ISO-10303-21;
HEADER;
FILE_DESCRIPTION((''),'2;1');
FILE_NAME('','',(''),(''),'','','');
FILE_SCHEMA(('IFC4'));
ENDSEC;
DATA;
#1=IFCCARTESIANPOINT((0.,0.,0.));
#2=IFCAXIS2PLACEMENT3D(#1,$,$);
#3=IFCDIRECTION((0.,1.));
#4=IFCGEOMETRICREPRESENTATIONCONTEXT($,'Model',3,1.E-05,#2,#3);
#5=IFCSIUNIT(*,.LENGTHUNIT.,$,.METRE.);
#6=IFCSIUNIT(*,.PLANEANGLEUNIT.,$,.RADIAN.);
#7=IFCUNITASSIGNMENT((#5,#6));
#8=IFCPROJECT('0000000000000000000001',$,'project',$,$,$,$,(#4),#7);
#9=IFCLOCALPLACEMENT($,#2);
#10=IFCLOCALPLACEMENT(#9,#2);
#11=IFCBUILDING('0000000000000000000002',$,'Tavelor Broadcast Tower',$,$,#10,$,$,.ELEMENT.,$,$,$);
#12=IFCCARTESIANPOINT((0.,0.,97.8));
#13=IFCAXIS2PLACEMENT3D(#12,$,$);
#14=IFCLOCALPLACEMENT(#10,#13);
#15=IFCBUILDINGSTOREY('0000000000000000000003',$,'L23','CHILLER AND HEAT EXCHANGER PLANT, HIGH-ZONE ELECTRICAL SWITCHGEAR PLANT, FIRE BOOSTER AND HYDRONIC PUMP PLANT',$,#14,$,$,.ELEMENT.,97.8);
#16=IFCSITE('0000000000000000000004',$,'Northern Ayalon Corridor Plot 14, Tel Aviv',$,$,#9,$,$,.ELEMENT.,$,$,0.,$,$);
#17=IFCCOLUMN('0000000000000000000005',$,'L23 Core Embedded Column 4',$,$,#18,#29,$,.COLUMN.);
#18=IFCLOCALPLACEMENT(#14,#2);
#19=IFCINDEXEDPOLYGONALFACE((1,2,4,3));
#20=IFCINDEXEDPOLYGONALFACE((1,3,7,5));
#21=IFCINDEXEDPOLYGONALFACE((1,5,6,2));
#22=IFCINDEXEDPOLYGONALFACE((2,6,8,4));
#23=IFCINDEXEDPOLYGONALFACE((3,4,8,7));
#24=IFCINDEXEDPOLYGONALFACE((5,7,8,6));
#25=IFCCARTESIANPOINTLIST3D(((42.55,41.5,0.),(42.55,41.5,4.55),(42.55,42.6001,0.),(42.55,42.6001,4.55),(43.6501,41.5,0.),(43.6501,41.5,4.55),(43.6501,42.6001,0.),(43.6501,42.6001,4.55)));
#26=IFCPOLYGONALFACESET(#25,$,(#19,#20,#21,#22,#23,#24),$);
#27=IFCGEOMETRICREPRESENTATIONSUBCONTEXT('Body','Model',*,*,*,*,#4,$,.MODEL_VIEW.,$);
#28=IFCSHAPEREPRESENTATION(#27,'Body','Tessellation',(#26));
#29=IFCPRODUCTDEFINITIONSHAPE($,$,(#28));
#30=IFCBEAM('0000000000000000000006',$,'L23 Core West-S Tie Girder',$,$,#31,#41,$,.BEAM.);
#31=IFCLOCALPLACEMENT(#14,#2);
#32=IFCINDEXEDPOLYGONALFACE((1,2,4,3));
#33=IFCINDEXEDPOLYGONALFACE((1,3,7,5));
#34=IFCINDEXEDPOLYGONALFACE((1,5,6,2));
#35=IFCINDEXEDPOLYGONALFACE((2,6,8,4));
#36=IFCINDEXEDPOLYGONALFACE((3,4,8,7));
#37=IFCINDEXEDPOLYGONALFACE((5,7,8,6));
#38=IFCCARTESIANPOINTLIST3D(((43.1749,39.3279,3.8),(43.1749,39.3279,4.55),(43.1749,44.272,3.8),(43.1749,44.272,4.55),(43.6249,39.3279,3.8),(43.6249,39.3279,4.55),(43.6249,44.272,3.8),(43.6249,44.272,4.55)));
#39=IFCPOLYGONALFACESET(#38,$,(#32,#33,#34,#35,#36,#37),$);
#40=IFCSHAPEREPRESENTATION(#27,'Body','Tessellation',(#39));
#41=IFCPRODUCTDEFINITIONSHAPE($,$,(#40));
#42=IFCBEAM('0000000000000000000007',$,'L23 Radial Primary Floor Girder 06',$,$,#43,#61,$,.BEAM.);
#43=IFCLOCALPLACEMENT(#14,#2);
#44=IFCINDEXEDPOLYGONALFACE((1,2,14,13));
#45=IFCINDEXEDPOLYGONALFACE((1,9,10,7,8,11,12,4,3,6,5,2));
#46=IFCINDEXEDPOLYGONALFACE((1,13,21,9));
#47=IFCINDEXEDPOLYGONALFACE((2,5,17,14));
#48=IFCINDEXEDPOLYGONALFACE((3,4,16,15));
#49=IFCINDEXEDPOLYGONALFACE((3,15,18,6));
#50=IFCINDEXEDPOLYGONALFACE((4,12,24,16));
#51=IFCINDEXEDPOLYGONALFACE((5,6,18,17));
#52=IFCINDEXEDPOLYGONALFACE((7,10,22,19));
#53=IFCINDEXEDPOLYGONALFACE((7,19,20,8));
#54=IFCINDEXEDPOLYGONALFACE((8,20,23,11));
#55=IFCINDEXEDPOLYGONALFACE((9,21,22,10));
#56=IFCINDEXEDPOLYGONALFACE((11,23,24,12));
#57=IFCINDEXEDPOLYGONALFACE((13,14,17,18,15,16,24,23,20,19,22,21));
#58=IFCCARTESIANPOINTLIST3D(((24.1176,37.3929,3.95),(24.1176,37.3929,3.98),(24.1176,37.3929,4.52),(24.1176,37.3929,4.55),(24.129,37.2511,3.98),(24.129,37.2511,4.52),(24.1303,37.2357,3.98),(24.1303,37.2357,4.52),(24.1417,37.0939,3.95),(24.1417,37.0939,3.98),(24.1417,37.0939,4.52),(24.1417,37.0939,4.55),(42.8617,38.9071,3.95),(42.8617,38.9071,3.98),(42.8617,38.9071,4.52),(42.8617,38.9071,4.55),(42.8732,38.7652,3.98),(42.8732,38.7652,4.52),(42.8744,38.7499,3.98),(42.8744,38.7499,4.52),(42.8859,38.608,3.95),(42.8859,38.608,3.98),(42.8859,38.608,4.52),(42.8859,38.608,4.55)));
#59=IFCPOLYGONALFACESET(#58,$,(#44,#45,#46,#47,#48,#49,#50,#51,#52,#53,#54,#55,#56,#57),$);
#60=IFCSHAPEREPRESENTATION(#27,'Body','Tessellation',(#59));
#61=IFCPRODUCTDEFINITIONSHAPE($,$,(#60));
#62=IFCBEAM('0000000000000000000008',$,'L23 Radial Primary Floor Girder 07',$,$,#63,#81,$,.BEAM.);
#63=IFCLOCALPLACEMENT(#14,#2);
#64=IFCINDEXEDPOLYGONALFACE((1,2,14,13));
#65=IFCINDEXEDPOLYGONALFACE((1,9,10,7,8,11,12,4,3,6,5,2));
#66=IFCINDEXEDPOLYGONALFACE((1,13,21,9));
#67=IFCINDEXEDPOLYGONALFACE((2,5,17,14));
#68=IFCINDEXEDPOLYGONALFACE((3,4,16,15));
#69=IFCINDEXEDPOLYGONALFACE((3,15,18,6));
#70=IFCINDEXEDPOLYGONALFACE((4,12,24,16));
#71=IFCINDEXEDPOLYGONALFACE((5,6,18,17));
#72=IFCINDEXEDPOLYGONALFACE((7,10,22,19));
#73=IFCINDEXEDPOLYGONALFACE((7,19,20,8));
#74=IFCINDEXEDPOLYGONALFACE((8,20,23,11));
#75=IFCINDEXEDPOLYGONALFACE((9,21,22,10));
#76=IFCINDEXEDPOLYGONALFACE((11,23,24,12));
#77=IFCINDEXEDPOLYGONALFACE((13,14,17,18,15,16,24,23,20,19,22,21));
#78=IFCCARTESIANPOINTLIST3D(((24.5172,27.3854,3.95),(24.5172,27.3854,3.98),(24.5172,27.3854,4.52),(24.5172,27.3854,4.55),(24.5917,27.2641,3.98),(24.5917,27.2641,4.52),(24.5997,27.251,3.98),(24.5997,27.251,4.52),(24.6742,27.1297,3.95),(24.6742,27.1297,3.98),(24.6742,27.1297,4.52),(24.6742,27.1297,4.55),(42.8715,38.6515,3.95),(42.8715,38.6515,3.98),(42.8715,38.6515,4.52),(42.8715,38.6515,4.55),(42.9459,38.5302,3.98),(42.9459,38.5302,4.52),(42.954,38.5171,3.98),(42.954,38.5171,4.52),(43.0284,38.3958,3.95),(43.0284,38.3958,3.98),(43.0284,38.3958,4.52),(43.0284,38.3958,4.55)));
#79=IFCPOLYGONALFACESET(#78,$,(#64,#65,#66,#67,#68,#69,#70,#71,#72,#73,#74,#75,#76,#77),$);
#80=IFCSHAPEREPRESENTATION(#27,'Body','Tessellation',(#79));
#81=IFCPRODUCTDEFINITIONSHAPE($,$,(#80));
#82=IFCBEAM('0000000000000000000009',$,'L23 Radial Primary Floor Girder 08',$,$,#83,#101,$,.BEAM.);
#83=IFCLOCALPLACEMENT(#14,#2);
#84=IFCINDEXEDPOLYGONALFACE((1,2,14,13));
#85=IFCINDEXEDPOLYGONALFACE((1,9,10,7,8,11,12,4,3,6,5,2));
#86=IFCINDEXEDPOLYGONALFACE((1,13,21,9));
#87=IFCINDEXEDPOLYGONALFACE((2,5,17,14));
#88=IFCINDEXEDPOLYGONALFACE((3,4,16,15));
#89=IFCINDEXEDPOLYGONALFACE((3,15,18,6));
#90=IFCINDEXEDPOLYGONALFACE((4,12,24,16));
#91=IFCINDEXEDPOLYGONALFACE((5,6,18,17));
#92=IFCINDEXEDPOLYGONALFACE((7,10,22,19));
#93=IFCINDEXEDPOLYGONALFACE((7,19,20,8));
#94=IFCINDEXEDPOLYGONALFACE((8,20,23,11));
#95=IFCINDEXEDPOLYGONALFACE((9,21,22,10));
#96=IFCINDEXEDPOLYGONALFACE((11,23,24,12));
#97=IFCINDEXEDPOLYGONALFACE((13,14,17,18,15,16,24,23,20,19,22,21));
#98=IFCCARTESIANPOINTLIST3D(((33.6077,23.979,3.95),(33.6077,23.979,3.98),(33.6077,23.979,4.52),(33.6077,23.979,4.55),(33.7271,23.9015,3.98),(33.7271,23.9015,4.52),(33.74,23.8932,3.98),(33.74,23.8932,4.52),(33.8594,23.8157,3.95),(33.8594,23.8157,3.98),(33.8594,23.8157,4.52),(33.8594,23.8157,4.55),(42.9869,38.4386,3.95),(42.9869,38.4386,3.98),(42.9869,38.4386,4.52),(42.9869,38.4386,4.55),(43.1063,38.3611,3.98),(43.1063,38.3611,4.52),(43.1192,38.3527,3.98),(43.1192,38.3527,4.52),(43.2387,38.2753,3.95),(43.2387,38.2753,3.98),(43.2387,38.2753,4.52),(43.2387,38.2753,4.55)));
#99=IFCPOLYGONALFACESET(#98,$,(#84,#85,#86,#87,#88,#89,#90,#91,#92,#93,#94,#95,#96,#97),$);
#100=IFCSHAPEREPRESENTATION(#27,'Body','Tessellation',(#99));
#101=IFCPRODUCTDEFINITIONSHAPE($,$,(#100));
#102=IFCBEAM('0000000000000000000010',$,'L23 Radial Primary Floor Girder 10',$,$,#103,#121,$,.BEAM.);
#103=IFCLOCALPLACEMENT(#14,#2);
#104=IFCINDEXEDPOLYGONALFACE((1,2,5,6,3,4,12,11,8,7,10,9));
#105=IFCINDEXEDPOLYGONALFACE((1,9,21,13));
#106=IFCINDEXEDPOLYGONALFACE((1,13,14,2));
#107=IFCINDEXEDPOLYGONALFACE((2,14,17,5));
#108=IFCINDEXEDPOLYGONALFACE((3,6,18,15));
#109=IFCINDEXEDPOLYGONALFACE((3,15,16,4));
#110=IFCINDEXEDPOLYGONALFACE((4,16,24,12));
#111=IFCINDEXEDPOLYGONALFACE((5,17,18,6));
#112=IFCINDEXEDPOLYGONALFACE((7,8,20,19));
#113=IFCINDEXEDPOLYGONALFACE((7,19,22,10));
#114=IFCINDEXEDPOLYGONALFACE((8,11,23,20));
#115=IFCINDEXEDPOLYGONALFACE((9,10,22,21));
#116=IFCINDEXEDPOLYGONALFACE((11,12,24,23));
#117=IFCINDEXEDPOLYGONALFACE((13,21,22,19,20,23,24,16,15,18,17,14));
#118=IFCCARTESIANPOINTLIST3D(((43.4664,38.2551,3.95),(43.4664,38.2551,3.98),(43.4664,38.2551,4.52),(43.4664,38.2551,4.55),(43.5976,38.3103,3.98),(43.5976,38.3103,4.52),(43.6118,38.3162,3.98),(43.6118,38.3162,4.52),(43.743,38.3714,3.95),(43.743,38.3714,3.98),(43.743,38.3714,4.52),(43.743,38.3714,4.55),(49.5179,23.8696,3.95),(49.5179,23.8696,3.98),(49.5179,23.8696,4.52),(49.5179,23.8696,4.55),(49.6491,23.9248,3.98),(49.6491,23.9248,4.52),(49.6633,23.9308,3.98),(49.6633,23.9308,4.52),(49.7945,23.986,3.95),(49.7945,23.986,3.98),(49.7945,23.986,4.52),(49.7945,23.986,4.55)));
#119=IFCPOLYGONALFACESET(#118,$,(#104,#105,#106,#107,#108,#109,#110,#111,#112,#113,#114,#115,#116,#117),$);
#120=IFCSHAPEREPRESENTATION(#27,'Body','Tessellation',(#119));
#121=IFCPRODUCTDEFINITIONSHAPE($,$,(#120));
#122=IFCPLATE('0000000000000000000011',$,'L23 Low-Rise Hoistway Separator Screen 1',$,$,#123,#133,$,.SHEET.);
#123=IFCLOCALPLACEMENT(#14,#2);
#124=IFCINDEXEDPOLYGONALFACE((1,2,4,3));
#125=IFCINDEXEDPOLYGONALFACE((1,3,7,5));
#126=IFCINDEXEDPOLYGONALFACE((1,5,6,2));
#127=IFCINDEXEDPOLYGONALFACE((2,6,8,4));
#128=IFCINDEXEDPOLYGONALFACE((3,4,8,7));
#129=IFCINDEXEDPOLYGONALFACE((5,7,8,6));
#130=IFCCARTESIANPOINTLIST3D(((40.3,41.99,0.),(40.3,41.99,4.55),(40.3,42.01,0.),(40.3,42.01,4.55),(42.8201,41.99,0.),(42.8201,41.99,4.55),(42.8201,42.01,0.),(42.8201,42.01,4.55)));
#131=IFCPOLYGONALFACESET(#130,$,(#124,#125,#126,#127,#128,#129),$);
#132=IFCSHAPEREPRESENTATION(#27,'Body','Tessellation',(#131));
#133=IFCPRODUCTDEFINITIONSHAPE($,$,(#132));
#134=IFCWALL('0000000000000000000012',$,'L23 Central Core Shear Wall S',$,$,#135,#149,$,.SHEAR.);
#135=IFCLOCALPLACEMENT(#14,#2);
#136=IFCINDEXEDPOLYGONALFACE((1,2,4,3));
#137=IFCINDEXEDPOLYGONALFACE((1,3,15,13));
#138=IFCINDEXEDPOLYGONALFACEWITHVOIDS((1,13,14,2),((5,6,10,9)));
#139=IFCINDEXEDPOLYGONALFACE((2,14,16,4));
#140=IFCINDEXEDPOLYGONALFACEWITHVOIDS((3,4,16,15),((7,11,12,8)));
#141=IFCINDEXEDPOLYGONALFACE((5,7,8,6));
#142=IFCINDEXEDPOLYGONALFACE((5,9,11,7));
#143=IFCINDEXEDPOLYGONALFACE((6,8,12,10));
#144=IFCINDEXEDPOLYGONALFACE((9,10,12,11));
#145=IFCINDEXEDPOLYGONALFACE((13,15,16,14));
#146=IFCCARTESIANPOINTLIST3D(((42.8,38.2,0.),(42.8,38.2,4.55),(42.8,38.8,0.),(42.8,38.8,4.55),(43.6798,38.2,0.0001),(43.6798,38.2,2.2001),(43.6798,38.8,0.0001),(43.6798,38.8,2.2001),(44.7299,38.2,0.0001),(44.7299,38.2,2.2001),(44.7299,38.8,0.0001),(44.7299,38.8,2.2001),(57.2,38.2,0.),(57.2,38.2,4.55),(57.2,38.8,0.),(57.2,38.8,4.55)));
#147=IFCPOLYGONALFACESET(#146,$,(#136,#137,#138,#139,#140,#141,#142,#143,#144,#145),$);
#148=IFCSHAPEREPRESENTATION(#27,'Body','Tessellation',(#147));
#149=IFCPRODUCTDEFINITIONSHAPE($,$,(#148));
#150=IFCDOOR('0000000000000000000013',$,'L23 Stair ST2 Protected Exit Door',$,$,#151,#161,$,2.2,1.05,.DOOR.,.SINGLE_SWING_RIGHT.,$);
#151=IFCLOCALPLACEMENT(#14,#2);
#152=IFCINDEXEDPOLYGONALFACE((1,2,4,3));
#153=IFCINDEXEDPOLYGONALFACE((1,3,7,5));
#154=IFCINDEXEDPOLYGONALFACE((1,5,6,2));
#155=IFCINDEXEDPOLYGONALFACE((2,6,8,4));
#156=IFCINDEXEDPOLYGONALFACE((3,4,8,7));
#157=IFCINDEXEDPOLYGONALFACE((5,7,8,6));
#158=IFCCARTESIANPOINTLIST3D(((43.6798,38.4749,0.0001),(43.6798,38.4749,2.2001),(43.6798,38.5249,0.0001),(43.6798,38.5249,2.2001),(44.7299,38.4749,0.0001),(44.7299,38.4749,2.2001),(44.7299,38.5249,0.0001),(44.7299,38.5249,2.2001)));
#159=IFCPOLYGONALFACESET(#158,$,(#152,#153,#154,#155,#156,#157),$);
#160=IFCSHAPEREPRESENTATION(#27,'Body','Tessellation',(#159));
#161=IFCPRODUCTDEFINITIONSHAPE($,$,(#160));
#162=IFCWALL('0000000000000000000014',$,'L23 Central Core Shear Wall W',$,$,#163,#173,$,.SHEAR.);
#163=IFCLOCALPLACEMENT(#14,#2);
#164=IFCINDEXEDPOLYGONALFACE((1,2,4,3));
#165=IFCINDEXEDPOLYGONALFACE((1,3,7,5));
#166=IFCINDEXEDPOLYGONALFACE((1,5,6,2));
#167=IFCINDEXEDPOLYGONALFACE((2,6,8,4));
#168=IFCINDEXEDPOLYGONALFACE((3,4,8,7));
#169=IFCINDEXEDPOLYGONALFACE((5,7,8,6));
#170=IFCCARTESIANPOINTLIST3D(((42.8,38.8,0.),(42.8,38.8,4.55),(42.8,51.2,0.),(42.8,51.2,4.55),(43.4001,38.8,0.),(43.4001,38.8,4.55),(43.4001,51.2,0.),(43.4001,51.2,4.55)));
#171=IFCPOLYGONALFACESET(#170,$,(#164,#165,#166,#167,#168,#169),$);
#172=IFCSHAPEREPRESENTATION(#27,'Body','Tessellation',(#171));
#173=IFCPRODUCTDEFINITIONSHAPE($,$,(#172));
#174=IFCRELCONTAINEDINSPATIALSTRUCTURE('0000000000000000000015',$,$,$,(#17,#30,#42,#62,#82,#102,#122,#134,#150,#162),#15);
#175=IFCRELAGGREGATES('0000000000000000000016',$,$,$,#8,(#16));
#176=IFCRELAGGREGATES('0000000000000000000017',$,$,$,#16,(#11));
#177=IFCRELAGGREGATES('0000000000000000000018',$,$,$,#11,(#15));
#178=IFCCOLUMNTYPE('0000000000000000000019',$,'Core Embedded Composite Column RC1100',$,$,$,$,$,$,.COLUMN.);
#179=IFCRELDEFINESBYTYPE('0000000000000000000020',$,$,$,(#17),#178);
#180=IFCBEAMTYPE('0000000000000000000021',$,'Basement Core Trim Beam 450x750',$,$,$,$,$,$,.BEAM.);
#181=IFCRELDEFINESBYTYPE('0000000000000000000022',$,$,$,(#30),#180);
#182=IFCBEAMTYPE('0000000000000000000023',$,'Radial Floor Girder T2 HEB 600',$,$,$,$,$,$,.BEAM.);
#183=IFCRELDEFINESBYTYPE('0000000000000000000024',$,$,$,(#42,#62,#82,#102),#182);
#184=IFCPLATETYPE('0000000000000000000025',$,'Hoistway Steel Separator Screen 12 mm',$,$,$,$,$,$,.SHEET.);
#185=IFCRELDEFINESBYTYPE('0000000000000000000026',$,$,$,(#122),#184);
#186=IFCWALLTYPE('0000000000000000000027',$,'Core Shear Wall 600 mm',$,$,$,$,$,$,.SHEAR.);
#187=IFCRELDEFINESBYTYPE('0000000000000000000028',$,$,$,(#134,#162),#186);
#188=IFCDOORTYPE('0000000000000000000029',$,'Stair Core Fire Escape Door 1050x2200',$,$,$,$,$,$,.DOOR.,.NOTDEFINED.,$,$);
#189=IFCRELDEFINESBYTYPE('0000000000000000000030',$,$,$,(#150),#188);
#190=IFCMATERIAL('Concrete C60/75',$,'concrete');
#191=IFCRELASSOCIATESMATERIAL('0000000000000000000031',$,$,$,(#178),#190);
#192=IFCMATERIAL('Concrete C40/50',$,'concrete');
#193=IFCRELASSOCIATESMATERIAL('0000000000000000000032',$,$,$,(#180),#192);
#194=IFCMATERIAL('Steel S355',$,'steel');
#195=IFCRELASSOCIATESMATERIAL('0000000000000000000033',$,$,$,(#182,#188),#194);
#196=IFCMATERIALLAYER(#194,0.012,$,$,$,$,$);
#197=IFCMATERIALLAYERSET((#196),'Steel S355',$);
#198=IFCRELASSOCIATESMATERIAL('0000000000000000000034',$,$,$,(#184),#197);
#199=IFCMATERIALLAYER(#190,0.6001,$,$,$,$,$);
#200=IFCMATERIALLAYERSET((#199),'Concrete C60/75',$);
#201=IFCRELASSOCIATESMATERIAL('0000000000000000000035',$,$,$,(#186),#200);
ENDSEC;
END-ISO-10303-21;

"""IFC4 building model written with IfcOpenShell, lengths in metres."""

from ifc_helpers import new_model, si_unit, direction, frame, frame_2d, origin, origin_2d, place, context, subcontext, project, spatial, rectangle, i_section, extrude, source, transform, mapped, material, layer, layer_set, material_profile, profile_set, type_object, type_shapes, element, fill, save


model = new_model("IFC4")

# Units and contexts
model_context = context("Model", 3, precision=1e-05, world=origin(), true_north=direction((0.0, 1.0)))
body_context = subcontext(model_context, "Body", "Model", "MODEL_VIEW")
ifc_project = project(units=[si_unit("LENGTHUNIT", "METRE"), si_unit("PLANEANGLEUNIT", "RADIAN")], contexts=[model_context])

# Site, building, storey
site_placement = place(None, origin())
site = spatial("IfcSite", under=ifc_project, at=site_placement, Name="Northern Ayalon Corridor Plot 14, Tel Aviv", CompositionType="ELEMENT", RefElevation=0.0)
building_placement = place(site_placement, origin())
building = spatial("IfcBuilding", under=site, at=building_placement, Name="Tavelor Broadcast Tower", CompositionType="ELEMENT")
storey_placement = place(building_placement, frame((0.0, 0.0, 97.8)))
storey = spatial("IfcBuildingStorey", under=building, at=storey_placement, Name="L23", Description="CHILLER AND HEAT EXCHANGER PLANT, HIGH-ZONE ELECTRICAL SWITCHGEAR PLANT, FIRE BOOSTER AND HYDRONIC PUMP PLANT", CompositionType="ELEMENT", Elevation=97.8)

# Column
ifc_material_1 = material(Name="Concrete C60/75", Category="concrete")
ifc_material_profile_1 = material_profile(ifc_material_1, rectangle(XDim=1.1001, YDim=1.1001, at=origin_2d()), Name="RC 1100x1100")
ifc_profile_set_1 = profile_set([ifc_material_profile_1], Name="Concrete C60/75")
column_type = type_object("IfcColumnType", Name="Core Embedded Composite Column RC1100", PredefinedType="COLUMN", material=ifc_profile_set_1)
column_placement = place(storey_placement, frame((43.1001, 42.05, 0.0), z_axis=(0.0, 0.0, 1.0), x_axis=(1.0, 0.0, 0.0)))
element("IfcColumn", 1, at=column_placement, inside=storey, type_object=column_type, Name="L23 Core Embedded Column 4", PredefinedType="COLUMN", context=body_context, shape_type="SweptSolid", body=[
    extrude(rectangle(XDim=1.1001, YDim=1.1001, at=origin_2d()), origin(), (0.0, 0.0, 1.0), 4.55),
])

# Beams
ifc_material_2 = material(Name="Concrete C40/50", Category="concrete")
ifc_material_profile_2 = material_profile(ifc_material_2, rectangle(XDim=0.45, YDim=0.75, at=origin_2d()), Name="RC 450x750")
ifc_profile_set_2 = profile_set([ifc_material_profile_2], Name="Concrete C40/50")
beam_type_1 = type_object("IfcBeamType", Name="Basement Core Trim Beam 450x750", PredefinedType="BEAM", material=ifc_profile_set_2)
beam_1_placement = place(storey_placement, frame((43.3999, 39.3279, 4.175), z_axis=(0.0, 1.0, 0.0), x_axis=(-1.0, 0.0, 0.0)))
element("IfcBeam", 2, at=beam_1_placement, inside=storey, type_object=beam_type_1, Name="L23 Core West-S Tie Girder", PredefinedType="BEAM", context=body_context, shape_type="SweptSolid", body=[
    extrude(rectangle(XDim=0.45, YDim=0.75, at=origin_2d()), origin(), (0.0, 0.0, 1.0), 4.9441),
])
ifc_material_3 = material(Name="Steel S355", Category="steel")
ifc_material_profile_3 = material_profile(ifc_material_3, i_section(OverallWidth=0.3, OverallDepth=0.6001, WebThickness=0.0154, FlangeThickness=0.03, at=origin_2d()), Name="HEB 600")
ifc_profile_set_3 = profile_set([ifc_material_profile_3], Name="Steel S355")
beam_type_2 = type_object("IfcBeamType", Name="Radial Floor Girder T2 HEB 600", PredefinedType="BEAM", material=ifc_profile_set_3)
beam_2_placement = place(storey_placement, frame((42.8738, 38.7576, 4.25), z_axis=(-0.996753, -0.080518, 0.0), x_axis=(0.080518, -0.996753, 0.0)))
element("IfcBeam", 3, at=beam_2_placement, inside=storey, type_object=beam_type_2, Name="L23 Radial Primary Floor Girder 06", PredefinedType="BEAM", context=body_context, shape_type="SweptSolid", body=[
    extrude(i_section(OverallWidth=0.3, OverallDepth=0.6001, WebThickness=0.0154, FlangeThickness=0.03, at=origin_2d()), origin(), (0.0, 0.0, 1.0), 18.8052),
])
beam_3_placement = place(storey_placement, frame((42.95, 38.5237, 4.25), z_axis=(-0.852255, -0.523127, 0.0), x_axis=(0.523127, -0.852255, 0.0)))
element("IfcBeam", 4, at=beam_3_placement, inside=storey, type_object=beam_type_2, Name="L23 Radial Primary Floor Girder 07", PredefinedType="BEAM", context=body_context, shape_type="SweptSolid", body=[
    extrude(i_section(OverallWidth=0.3, OverallDepth=0.6001, WebThickness=0.0154, FlangeThickness=0.03, at=origin_2d()), origin(), (0.0, 0.0, 1.0), 21.5361),
])
beam_4_placement = place(storey_placement, frame((43.1128, 38.3569, 4.25), z_axis=(-0.544192, -0.83896, 0.0), x_axis=(0.83896, -0.544192, 0.0)))
element("IfcBeam", 5, at=beam_4_placement, inside=storey, type_object=beam_type_2, Name="L23 Radial Primary Floor Girder 08", PredefinedType="BEAM", context=body_context, shape_type="SweptSolid", body=[
    extrude(i_section(OverallWidth=0.3, OverallDepth=0.6001, WebThickness=0.0154, FlangeThickness=0.03, at=origin_2d()), origin(), (0.0, 0.0, 1.0), 17.2351),
])
beam_5_placement = place(storey_placement, frame((43.6047, 38.3132, 4.25), z_axis=(0.387756, -0.921762, 0.0), x_axis=(0.921762, 0.387756, 0.0)))
element("IfcBeam", 6, at=beam_5_placement, inside=storey, type_object=beam_type_2, Name="L23 Radial Primary Floor Girder 10", PredefinedType="BEAM", context=body_context, shape_type="SweptSolid", body=[
    extrude(i_section(OverallWidth=0.3, OverallDepth=0.6001, WebThickness=0.0154, FlangeThickness=0.03, at=origin_2d()), origin(), (0.0, 0.0, 1.0), 15.6064),
])

# Plate
ifc_layer_1 = layer(ifc_material_3, 0.012)
ifc_layer_set_1 = layer_set([ifc_layer_1], Name="Steel S355")
plate_type = type_object("IfcPlateType", Name="Hoistway Steel Separator Screen 12 mm", PredefinedType="SHEET", material=ifc_layer_set_1)
shared_shape = source(origin(), body_context, "Body", "SweptSolid", [
    extrude(rectangle(XDim=2.52, YDim=0.02, at=origin_2d()), origin(), (0.0, 0.0, 1.0), 4.55),
])
type_shapes(plate_type, [shared_shape])
plate_placement = place(storey_placement, frame((41.5601, 42.0, 0.0), z_axis=(0.0, 0.0, 1.0), x_axis=(1.0, 0.0, 0.0)))
element("IfcPlate", 7, at=plate_placement, inside=storey, type_object=plate_type, Name="L23 Low-Rise Hoistway Separator Screen 1", PredefinedType="SHEET", context=body_context, shape_type="MappedRepresentation", body=[
    mapped(shared_shape, transform((0.0, 0.0, 0.0), scale=1.0)),
])

# Wall, opening, door
ifc_layer_2 = layer(ifc_material_1, 0.6001)
ifc_layer_set_2 = layer_set([ifc_layer_2], Name="Concrete C60/75")
wall_type_1 = type_object("IfcWallType", Name="Core Shear Wall 600 mm", PredefinedType="SHEAR", material=ifc_layer_set_2)
wall_1_placement = place(storey_placement, frame((42.8, 38.5, 0.0), z_axis=(0.0, 0.0, 1.0), x_axis=(1.0, 0.0, 0.0)))
wall_1 = element("IfcWall", 8, at=wall_1_placement, inside=storey, type_object=wall_type_1, Name="L23 Central Core Shear Wall S", PredefinedType="SHEAR", context=body_context, shape_type="SweptSolid", body=[
    extrude(rectangle(XDim=14.3999, YDim=0.6001, at=frame_2d((7.2, 0.0))), origin(), (0.0, 0.0, 1.0), 4.55),
])
opening_1_placement = place(wall_1_placement, frame((0.8799, 0.0, 0.0)))
opening_1 = element("IfcOpeningElement", 9, at=opening_1_placement, cuts=wall_1, PredefinedType="OPENING", context=body_context, shape_type="SweptSolid", body=[
    extrude(rectangle(XDim=1.05, YDim=2.2, at=frame_2d((0.5249, 1.1001))), frame((0.0, 0.3101, 0.0), z_axis=(0.0, -1.0, 0.0), x_axis=(1.0, 0.0, 0.0)), (0.0, 0.0, 1.0), 0.6201),
])
door_type_1 = type_object("IfcDoorType", Name="Stair Core Fire Escape Door 1050x2200", OperationType="NOTDEFINED", PredefinedType="DOOR", material=ifc_material_3)
door_1_placement = place(opening_1_placement, origin())
door_1 = element("IfcDoor", 10, at=door_1_placement, inside=storey, type_object=door_type_1, Name="L23 Stair ST2 Protected Exit Door", OperationType="SINGLE_SWING_RIGHT", OverallHeight=2.2, OverallWidth=1.05, PredefinedType="DOOR", context=body_context, shape_type="SweptSolid", body=[
    extrude(rectangle(XDim=1.05, YDim=2.2, at=frame_2d((0.5249, 1.1001))), frame((0.0, 0.0249, 0.0), z_axis=(0.0, -1.0, 0.0), x_axis=(1.0, 0.0, 0.0)), (0.0, 0.0, 1.0), 0.05),
])
fill(opening_1, door_1)

# Wall
wall_2_placement = place(storey_placement, frame((43.1001, 38.8, 0.0), z_axis=(0.0, 0.0, 1.0), x_axis=(0.0, 1.0, 0.0)))
element("IfcWall", 11, at=wall_2_placement, inside=storey, type_object=wall_type_1, Name="L23 Central Core Shear Wall W", PredefinedType="SHEAR", context=body_context, shape_type="SweptSolid", body=[
    extrude(rectangle(XDim=12.3999, YDim=0.6001, at=frame_2d((6.2, 0.0))), origin(), (0.0, 0.0, 1.0), 4.55),
])

save(model, "model.ifc")
